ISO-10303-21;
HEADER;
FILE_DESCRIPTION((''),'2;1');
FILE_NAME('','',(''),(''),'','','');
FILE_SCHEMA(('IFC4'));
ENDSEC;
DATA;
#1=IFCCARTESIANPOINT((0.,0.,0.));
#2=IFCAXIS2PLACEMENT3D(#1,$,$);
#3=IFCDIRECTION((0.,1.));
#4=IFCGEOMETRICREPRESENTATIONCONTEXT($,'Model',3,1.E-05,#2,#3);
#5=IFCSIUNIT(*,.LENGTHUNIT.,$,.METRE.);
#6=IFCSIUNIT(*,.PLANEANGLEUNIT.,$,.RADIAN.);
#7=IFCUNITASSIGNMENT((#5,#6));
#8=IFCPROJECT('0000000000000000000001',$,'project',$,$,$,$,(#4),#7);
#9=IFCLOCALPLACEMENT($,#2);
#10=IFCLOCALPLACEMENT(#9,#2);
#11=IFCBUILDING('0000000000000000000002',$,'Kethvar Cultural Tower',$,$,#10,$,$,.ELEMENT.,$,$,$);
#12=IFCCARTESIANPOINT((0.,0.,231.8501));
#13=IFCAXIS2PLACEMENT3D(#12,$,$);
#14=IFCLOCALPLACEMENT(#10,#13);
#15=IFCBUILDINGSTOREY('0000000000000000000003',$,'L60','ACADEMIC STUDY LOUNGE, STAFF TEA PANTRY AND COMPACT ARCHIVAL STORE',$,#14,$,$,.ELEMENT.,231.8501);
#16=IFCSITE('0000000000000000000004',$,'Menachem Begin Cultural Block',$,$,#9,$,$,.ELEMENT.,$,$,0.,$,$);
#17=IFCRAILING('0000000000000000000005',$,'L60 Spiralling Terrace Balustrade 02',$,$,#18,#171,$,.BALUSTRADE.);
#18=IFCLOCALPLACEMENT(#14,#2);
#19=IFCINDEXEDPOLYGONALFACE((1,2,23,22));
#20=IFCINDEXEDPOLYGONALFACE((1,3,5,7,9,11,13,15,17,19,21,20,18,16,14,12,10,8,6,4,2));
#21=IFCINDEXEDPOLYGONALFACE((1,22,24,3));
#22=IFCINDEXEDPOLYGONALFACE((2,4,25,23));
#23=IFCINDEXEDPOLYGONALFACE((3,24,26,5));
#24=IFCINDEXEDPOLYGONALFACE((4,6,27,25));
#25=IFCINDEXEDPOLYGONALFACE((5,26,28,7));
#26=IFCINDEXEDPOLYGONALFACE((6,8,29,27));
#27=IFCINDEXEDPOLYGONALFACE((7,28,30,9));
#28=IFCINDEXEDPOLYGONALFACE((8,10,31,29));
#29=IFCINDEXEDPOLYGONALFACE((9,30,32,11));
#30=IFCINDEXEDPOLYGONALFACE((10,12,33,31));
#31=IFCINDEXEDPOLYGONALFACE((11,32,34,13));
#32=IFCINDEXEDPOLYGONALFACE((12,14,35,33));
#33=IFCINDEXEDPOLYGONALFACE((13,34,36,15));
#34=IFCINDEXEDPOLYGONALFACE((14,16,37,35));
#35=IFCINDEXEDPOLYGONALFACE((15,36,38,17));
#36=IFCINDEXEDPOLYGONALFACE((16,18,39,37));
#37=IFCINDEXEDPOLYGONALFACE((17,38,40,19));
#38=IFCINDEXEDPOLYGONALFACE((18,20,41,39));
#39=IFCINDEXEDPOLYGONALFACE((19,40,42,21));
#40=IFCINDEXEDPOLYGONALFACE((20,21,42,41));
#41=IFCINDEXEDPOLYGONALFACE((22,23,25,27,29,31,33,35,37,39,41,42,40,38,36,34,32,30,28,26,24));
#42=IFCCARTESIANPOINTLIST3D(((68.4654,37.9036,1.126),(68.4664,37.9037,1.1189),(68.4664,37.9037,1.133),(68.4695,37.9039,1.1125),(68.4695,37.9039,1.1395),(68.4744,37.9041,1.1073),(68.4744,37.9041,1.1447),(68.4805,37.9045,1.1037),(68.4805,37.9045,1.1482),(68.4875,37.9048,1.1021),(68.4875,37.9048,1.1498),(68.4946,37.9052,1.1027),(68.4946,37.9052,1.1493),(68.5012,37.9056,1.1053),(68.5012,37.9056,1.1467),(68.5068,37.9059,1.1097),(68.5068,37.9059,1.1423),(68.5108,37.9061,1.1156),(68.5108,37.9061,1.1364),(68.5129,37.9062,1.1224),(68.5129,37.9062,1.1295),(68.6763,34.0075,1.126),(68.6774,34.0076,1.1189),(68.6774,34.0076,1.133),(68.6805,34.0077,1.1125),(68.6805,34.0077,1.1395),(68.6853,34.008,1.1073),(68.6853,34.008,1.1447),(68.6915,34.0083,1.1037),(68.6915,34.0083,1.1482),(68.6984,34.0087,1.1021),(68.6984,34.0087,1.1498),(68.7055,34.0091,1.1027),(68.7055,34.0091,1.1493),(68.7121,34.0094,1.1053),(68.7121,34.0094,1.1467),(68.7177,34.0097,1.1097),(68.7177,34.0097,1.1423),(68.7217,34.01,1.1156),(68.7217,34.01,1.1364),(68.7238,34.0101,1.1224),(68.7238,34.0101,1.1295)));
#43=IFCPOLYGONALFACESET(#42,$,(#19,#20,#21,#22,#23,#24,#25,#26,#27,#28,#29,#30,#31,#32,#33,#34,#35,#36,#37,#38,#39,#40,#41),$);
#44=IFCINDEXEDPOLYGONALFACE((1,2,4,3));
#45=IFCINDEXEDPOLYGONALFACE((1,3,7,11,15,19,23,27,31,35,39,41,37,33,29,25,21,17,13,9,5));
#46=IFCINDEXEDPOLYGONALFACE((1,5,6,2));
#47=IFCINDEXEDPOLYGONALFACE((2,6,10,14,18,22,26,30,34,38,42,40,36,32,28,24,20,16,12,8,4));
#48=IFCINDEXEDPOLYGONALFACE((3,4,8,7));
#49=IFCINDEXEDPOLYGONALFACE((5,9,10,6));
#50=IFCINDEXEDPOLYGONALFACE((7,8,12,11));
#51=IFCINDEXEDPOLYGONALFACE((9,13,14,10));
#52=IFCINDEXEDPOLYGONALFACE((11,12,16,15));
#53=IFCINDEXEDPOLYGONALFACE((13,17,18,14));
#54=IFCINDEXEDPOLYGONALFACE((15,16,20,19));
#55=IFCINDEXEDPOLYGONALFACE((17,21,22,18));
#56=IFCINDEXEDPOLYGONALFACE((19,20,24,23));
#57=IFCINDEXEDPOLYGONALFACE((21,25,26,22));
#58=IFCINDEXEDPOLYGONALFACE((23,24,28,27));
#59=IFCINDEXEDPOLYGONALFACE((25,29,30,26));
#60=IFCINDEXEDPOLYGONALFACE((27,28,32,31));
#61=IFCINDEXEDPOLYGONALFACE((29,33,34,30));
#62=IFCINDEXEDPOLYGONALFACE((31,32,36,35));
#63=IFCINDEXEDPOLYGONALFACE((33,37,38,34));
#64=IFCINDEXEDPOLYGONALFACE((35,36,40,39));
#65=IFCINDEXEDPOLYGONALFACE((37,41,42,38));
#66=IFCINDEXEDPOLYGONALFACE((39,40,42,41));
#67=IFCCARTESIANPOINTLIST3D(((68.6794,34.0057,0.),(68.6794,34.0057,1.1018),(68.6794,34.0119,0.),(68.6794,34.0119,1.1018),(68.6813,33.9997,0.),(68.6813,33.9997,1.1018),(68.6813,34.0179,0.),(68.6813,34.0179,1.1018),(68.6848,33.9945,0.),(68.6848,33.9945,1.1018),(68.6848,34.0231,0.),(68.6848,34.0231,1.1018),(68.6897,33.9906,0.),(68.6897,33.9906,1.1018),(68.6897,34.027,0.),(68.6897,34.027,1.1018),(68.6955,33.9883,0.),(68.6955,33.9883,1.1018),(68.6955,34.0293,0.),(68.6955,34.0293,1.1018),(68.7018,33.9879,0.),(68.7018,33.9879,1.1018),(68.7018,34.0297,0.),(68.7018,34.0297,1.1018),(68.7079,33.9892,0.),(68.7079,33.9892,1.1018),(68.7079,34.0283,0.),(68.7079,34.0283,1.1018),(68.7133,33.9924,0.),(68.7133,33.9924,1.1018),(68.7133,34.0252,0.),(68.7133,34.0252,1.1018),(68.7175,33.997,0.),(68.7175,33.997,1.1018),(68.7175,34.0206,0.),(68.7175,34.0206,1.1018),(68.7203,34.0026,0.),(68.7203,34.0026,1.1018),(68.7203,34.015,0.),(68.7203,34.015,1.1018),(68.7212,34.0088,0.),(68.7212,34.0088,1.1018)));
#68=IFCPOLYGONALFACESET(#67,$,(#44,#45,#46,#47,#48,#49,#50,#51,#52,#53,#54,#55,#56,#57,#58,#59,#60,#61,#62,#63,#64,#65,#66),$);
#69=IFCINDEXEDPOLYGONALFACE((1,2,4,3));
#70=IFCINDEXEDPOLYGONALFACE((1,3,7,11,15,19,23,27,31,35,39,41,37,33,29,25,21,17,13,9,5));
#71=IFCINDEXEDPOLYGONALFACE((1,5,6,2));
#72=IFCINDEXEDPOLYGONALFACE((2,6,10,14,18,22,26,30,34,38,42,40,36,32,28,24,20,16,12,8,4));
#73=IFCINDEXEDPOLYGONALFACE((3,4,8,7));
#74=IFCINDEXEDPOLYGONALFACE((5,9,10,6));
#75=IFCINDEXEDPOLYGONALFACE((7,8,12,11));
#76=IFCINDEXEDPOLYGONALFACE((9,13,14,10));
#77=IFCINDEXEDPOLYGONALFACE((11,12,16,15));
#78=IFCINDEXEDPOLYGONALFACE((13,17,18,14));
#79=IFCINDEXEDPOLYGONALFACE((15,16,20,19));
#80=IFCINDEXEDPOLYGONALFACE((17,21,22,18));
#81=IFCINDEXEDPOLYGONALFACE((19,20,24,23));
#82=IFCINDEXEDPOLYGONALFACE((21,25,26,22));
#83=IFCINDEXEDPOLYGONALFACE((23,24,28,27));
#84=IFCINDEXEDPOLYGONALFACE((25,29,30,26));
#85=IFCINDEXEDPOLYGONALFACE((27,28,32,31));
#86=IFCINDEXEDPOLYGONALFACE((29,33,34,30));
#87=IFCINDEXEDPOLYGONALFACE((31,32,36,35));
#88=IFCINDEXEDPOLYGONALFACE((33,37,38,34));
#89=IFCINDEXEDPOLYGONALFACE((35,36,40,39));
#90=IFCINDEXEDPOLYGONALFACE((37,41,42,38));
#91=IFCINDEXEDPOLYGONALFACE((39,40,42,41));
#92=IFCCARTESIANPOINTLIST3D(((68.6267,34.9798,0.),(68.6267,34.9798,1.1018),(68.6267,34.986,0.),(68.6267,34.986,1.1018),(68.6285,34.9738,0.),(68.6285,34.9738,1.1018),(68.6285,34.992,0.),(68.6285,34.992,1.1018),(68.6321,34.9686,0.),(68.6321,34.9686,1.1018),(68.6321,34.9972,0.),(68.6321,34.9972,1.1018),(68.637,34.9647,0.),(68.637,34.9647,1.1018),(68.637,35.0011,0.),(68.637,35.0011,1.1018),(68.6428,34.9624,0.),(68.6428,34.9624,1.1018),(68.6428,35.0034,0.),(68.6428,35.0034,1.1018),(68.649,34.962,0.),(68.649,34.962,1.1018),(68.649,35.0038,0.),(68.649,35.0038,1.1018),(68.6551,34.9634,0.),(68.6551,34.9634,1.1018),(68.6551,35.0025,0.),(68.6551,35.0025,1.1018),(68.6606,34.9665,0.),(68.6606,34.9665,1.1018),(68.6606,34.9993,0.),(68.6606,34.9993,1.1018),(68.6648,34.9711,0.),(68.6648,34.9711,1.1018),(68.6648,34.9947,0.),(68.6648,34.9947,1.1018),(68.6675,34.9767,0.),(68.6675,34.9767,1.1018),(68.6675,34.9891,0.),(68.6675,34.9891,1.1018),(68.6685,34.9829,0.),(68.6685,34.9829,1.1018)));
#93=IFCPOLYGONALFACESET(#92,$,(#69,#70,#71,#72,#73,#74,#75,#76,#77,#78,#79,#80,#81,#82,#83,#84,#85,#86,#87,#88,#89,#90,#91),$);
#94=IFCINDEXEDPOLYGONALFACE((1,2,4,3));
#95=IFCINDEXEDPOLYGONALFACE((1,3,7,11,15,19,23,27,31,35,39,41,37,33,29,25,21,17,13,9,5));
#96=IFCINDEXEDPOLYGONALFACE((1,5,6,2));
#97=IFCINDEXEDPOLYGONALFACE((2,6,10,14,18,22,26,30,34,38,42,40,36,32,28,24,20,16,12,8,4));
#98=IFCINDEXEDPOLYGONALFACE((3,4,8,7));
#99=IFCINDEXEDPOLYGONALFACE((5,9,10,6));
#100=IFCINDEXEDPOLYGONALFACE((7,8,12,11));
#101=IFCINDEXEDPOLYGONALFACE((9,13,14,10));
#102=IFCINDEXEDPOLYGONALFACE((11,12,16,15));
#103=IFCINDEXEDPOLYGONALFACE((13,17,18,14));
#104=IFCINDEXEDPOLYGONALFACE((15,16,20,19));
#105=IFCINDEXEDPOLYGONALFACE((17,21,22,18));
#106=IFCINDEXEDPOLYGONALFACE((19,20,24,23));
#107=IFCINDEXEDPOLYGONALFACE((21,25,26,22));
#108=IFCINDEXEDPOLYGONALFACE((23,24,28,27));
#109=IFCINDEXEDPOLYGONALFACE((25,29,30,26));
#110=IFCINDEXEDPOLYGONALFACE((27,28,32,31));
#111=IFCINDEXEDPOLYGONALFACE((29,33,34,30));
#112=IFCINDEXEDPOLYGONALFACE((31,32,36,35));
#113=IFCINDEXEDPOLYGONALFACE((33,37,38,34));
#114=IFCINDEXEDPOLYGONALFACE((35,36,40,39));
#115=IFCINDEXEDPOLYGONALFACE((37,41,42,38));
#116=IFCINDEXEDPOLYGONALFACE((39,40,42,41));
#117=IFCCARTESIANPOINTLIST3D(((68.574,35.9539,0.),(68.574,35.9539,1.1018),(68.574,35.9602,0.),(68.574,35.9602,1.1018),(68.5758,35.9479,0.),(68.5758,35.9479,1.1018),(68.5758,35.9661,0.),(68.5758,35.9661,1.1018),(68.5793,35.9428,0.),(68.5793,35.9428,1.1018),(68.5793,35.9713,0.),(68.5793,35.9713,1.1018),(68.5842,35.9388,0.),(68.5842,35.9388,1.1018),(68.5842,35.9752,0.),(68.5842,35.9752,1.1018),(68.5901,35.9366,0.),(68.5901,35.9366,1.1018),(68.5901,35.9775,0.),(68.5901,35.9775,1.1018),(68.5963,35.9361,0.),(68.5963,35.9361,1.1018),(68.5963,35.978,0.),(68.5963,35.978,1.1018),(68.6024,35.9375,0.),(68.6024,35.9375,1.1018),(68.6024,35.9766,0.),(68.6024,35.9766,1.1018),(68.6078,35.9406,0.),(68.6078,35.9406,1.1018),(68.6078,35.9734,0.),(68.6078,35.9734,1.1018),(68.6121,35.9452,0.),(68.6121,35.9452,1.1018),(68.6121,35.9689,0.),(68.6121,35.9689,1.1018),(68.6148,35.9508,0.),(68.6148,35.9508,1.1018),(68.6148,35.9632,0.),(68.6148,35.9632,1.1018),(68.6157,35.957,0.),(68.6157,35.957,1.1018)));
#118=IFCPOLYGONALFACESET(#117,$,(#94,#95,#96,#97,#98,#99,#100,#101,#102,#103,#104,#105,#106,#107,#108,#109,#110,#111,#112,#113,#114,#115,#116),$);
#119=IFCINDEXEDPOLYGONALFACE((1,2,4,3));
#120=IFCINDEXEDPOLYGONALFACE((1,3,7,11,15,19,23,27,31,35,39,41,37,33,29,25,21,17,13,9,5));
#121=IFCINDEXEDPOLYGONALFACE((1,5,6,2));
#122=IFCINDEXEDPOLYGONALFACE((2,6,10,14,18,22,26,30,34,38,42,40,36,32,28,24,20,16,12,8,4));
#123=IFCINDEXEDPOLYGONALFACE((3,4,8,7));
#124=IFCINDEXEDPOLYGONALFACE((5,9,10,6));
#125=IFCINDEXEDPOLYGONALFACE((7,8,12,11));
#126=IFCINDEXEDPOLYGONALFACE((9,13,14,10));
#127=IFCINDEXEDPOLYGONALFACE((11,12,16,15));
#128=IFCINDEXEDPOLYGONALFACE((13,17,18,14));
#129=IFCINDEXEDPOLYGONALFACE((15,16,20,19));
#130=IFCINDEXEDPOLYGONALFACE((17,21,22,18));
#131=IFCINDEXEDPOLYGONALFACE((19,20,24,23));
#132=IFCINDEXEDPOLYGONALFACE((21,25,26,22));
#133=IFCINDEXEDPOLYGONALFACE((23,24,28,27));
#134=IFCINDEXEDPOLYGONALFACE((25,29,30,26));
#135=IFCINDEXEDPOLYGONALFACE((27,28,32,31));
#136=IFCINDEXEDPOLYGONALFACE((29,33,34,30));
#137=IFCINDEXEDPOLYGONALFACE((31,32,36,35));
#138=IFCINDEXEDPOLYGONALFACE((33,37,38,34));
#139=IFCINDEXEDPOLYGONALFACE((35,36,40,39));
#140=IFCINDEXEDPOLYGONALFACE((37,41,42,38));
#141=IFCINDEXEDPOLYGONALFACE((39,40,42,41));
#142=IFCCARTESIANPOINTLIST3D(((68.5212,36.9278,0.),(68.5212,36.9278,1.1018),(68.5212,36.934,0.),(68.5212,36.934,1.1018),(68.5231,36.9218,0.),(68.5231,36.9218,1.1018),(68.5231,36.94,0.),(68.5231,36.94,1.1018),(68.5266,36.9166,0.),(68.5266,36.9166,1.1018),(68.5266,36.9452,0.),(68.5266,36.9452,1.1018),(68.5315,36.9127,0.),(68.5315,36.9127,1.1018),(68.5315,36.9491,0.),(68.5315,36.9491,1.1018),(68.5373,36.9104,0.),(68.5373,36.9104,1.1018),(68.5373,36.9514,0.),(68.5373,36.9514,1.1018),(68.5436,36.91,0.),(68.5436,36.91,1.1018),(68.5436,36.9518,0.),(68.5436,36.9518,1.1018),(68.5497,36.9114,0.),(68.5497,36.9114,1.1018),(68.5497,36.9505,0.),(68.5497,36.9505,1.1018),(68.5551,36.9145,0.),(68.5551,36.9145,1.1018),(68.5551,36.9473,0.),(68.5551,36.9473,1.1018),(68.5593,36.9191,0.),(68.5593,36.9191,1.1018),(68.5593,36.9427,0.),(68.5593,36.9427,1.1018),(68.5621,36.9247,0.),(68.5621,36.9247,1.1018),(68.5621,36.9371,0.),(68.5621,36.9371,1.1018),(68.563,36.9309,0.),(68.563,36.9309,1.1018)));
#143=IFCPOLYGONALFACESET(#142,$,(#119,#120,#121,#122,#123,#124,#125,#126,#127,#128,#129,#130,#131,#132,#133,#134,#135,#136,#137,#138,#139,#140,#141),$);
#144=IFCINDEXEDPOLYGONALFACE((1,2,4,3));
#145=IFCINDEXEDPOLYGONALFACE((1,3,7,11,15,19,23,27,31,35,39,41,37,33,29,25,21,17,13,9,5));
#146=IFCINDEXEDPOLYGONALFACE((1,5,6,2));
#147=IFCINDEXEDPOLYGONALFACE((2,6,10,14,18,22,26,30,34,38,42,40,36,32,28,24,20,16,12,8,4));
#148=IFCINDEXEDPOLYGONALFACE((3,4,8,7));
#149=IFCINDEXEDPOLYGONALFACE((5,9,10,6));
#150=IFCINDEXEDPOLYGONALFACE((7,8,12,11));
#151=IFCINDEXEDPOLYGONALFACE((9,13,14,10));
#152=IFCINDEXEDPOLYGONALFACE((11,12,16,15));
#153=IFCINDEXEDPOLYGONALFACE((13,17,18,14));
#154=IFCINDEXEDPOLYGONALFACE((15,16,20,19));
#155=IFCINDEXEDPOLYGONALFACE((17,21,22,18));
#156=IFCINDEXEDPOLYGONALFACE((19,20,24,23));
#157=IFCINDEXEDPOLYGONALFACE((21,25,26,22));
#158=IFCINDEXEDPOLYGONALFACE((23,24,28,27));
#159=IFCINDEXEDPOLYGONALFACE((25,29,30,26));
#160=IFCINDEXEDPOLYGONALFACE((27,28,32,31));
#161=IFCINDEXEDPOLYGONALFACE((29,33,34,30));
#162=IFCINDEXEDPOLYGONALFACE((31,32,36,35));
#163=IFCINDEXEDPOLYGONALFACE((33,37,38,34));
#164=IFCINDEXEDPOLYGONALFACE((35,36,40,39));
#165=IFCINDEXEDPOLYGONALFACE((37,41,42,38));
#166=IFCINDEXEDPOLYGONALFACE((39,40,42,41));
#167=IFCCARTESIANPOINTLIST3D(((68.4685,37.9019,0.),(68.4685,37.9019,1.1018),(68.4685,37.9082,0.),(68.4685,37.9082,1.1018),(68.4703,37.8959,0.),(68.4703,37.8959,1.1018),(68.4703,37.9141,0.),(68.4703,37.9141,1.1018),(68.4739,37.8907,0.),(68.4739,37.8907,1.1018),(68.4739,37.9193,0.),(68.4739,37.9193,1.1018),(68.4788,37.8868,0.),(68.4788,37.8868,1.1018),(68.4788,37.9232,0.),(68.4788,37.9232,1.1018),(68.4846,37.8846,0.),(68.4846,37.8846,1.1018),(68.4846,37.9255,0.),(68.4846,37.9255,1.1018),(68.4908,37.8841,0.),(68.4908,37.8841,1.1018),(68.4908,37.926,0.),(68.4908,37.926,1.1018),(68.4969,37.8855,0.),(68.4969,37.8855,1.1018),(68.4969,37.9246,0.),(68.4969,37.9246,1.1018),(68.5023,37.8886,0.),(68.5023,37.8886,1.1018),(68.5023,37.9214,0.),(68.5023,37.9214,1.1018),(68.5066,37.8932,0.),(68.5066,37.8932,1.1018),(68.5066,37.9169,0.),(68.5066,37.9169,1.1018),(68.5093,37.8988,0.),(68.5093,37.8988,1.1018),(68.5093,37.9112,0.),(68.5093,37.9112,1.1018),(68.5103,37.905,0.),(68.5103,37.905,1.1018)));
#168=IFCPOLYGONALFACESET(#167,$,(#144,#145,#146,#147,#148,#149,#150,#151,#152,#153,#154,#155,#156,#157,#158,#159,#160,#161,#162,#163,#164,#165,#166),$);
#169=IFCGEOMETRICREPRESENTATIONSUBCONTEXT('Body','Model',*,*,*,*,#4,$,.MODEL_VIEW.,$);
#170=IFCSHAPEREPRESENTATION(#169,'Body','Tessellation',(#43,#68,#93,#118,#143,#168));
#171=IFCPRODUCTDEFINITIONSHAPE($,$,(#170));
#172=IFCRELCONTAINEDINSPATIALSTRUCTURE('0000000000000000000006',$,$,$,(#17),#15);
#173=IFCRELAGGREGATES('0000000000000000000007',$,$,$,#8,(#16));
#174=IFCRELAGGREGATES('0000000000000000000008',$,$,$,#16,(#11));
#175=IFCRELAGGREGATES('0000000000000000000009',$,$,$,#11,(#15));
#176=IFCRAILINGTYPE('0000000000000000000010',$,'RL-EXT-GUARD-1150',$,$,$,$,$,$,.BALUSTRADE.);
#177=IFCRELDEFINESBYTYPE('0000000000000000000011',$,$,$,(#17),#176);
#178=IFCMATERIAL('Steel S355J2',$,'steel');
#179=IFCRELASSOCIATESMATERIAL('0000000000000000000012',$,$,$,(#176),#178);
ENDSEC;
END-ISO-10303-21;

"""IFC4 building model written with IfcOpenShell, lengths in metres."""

from ifc_helpers import new_model, si_unit, direction, frame, origin, origin_2d, place, context, subcontext, project, spatial, circle, extrude, material, type_object, element, save


model = new_model("IFC4")

# Units and contexts
model_context = context("Model", 3, precision=1e-05, world=origin(), true_north=direction((0.0, 1.0)))
body_context = subcontext(model_context, "Body", "Model", "MODEL_VIEW")
ifc_project = project(units=[si_unit("LENGTHUNIT", "METRE"), si_unit("PLANEANGLEUNIT", "RADIAN")], contexts=[model_context])

# Site, building, storey
site_placement = place(None, origin())
site = spatial("IfcSite", under=ifc_project, at=site_placement, Name="Menachem Begin Cultural Block", CompositionType="ELEMENT", RefElevation=0.0)
building_placement = place(site_placement, origin())
building = spatial("IfcBuilding", under=site, at=building_placement, Name="Kethvar Cultural Tower", CompositionType="ELEMENT")
storey_placement = place(building_placement, frame((0.0, 0.0, 231.8501)))
storey = spatial("IfcBuildingStorey", under=building, at=storey_placement, Name="L60", Description="ACADEMIC STUDY LOUNGE, STAFF TEA PANTRY AND COMPACT ARCHIVAL STORE", CompositionType="ELEMENT", Elevation=231.8501)

# Shared definitions
ifc_material_1 = material(Name="Steel S355J2", Category="steel")

# Railing
railing_type = type_object("IfcRailingType", Name="RL-EXT-GUARD-1150", PredefinedType="BALUSTRADE", material=ifc_material_1)
railing_1_placement = place(storey_placement, frame((68.7002, 34.0088, 0.0)))
element("IfcRailing", 1, at=railing_1_placement, inside=storey, type_object=railing_type, Name="L60 Spiralling Terrace Balustrade 02", PredefinedType="BALUSTRADE", context=body_context, shape_type="SweptSolid", body=[
    extrude(circle(Radius=0.0239, at=origin_2d()), frame((0.0, 0.0, 1.126), z_axis=(-0.05406, 0.998538, 0.0), x_axis=(-0.998538, -0.05406, 0.0)), (0.0, 0.0, 1.0), 3.9019),
    extrude(circle(Radius=0.021, at=origin_2d()), origin(), (0.0, 0.0, 1.0), 1.1018),
    extrude(circle(Radius=0.021, at=origin_2d()), frame((-0.0527, 0.9741, 0.0)), (0.0, 0.0, 1.0), 1.1018),
    extrude(circle(Radius=0.021, at=origin_2d()), frame((-0.1055, 1.9482, 0.0)), (0.0, 0.0, 1.0), 1.1018),
    extrude(circle(Radius=0.021, at=origin_2d()), frame((-0.1582, 2.9221, 0.0)), (0.0, 0.0, 1.0), 1.1018),
    extrude(circle(Radius=0.021, at=origin_2d()), frame((-0.2109, 3.8962, 0.0)), (0.0, 0.0, 1.0), 1.1018),
])

save(model, "model.ifc")
